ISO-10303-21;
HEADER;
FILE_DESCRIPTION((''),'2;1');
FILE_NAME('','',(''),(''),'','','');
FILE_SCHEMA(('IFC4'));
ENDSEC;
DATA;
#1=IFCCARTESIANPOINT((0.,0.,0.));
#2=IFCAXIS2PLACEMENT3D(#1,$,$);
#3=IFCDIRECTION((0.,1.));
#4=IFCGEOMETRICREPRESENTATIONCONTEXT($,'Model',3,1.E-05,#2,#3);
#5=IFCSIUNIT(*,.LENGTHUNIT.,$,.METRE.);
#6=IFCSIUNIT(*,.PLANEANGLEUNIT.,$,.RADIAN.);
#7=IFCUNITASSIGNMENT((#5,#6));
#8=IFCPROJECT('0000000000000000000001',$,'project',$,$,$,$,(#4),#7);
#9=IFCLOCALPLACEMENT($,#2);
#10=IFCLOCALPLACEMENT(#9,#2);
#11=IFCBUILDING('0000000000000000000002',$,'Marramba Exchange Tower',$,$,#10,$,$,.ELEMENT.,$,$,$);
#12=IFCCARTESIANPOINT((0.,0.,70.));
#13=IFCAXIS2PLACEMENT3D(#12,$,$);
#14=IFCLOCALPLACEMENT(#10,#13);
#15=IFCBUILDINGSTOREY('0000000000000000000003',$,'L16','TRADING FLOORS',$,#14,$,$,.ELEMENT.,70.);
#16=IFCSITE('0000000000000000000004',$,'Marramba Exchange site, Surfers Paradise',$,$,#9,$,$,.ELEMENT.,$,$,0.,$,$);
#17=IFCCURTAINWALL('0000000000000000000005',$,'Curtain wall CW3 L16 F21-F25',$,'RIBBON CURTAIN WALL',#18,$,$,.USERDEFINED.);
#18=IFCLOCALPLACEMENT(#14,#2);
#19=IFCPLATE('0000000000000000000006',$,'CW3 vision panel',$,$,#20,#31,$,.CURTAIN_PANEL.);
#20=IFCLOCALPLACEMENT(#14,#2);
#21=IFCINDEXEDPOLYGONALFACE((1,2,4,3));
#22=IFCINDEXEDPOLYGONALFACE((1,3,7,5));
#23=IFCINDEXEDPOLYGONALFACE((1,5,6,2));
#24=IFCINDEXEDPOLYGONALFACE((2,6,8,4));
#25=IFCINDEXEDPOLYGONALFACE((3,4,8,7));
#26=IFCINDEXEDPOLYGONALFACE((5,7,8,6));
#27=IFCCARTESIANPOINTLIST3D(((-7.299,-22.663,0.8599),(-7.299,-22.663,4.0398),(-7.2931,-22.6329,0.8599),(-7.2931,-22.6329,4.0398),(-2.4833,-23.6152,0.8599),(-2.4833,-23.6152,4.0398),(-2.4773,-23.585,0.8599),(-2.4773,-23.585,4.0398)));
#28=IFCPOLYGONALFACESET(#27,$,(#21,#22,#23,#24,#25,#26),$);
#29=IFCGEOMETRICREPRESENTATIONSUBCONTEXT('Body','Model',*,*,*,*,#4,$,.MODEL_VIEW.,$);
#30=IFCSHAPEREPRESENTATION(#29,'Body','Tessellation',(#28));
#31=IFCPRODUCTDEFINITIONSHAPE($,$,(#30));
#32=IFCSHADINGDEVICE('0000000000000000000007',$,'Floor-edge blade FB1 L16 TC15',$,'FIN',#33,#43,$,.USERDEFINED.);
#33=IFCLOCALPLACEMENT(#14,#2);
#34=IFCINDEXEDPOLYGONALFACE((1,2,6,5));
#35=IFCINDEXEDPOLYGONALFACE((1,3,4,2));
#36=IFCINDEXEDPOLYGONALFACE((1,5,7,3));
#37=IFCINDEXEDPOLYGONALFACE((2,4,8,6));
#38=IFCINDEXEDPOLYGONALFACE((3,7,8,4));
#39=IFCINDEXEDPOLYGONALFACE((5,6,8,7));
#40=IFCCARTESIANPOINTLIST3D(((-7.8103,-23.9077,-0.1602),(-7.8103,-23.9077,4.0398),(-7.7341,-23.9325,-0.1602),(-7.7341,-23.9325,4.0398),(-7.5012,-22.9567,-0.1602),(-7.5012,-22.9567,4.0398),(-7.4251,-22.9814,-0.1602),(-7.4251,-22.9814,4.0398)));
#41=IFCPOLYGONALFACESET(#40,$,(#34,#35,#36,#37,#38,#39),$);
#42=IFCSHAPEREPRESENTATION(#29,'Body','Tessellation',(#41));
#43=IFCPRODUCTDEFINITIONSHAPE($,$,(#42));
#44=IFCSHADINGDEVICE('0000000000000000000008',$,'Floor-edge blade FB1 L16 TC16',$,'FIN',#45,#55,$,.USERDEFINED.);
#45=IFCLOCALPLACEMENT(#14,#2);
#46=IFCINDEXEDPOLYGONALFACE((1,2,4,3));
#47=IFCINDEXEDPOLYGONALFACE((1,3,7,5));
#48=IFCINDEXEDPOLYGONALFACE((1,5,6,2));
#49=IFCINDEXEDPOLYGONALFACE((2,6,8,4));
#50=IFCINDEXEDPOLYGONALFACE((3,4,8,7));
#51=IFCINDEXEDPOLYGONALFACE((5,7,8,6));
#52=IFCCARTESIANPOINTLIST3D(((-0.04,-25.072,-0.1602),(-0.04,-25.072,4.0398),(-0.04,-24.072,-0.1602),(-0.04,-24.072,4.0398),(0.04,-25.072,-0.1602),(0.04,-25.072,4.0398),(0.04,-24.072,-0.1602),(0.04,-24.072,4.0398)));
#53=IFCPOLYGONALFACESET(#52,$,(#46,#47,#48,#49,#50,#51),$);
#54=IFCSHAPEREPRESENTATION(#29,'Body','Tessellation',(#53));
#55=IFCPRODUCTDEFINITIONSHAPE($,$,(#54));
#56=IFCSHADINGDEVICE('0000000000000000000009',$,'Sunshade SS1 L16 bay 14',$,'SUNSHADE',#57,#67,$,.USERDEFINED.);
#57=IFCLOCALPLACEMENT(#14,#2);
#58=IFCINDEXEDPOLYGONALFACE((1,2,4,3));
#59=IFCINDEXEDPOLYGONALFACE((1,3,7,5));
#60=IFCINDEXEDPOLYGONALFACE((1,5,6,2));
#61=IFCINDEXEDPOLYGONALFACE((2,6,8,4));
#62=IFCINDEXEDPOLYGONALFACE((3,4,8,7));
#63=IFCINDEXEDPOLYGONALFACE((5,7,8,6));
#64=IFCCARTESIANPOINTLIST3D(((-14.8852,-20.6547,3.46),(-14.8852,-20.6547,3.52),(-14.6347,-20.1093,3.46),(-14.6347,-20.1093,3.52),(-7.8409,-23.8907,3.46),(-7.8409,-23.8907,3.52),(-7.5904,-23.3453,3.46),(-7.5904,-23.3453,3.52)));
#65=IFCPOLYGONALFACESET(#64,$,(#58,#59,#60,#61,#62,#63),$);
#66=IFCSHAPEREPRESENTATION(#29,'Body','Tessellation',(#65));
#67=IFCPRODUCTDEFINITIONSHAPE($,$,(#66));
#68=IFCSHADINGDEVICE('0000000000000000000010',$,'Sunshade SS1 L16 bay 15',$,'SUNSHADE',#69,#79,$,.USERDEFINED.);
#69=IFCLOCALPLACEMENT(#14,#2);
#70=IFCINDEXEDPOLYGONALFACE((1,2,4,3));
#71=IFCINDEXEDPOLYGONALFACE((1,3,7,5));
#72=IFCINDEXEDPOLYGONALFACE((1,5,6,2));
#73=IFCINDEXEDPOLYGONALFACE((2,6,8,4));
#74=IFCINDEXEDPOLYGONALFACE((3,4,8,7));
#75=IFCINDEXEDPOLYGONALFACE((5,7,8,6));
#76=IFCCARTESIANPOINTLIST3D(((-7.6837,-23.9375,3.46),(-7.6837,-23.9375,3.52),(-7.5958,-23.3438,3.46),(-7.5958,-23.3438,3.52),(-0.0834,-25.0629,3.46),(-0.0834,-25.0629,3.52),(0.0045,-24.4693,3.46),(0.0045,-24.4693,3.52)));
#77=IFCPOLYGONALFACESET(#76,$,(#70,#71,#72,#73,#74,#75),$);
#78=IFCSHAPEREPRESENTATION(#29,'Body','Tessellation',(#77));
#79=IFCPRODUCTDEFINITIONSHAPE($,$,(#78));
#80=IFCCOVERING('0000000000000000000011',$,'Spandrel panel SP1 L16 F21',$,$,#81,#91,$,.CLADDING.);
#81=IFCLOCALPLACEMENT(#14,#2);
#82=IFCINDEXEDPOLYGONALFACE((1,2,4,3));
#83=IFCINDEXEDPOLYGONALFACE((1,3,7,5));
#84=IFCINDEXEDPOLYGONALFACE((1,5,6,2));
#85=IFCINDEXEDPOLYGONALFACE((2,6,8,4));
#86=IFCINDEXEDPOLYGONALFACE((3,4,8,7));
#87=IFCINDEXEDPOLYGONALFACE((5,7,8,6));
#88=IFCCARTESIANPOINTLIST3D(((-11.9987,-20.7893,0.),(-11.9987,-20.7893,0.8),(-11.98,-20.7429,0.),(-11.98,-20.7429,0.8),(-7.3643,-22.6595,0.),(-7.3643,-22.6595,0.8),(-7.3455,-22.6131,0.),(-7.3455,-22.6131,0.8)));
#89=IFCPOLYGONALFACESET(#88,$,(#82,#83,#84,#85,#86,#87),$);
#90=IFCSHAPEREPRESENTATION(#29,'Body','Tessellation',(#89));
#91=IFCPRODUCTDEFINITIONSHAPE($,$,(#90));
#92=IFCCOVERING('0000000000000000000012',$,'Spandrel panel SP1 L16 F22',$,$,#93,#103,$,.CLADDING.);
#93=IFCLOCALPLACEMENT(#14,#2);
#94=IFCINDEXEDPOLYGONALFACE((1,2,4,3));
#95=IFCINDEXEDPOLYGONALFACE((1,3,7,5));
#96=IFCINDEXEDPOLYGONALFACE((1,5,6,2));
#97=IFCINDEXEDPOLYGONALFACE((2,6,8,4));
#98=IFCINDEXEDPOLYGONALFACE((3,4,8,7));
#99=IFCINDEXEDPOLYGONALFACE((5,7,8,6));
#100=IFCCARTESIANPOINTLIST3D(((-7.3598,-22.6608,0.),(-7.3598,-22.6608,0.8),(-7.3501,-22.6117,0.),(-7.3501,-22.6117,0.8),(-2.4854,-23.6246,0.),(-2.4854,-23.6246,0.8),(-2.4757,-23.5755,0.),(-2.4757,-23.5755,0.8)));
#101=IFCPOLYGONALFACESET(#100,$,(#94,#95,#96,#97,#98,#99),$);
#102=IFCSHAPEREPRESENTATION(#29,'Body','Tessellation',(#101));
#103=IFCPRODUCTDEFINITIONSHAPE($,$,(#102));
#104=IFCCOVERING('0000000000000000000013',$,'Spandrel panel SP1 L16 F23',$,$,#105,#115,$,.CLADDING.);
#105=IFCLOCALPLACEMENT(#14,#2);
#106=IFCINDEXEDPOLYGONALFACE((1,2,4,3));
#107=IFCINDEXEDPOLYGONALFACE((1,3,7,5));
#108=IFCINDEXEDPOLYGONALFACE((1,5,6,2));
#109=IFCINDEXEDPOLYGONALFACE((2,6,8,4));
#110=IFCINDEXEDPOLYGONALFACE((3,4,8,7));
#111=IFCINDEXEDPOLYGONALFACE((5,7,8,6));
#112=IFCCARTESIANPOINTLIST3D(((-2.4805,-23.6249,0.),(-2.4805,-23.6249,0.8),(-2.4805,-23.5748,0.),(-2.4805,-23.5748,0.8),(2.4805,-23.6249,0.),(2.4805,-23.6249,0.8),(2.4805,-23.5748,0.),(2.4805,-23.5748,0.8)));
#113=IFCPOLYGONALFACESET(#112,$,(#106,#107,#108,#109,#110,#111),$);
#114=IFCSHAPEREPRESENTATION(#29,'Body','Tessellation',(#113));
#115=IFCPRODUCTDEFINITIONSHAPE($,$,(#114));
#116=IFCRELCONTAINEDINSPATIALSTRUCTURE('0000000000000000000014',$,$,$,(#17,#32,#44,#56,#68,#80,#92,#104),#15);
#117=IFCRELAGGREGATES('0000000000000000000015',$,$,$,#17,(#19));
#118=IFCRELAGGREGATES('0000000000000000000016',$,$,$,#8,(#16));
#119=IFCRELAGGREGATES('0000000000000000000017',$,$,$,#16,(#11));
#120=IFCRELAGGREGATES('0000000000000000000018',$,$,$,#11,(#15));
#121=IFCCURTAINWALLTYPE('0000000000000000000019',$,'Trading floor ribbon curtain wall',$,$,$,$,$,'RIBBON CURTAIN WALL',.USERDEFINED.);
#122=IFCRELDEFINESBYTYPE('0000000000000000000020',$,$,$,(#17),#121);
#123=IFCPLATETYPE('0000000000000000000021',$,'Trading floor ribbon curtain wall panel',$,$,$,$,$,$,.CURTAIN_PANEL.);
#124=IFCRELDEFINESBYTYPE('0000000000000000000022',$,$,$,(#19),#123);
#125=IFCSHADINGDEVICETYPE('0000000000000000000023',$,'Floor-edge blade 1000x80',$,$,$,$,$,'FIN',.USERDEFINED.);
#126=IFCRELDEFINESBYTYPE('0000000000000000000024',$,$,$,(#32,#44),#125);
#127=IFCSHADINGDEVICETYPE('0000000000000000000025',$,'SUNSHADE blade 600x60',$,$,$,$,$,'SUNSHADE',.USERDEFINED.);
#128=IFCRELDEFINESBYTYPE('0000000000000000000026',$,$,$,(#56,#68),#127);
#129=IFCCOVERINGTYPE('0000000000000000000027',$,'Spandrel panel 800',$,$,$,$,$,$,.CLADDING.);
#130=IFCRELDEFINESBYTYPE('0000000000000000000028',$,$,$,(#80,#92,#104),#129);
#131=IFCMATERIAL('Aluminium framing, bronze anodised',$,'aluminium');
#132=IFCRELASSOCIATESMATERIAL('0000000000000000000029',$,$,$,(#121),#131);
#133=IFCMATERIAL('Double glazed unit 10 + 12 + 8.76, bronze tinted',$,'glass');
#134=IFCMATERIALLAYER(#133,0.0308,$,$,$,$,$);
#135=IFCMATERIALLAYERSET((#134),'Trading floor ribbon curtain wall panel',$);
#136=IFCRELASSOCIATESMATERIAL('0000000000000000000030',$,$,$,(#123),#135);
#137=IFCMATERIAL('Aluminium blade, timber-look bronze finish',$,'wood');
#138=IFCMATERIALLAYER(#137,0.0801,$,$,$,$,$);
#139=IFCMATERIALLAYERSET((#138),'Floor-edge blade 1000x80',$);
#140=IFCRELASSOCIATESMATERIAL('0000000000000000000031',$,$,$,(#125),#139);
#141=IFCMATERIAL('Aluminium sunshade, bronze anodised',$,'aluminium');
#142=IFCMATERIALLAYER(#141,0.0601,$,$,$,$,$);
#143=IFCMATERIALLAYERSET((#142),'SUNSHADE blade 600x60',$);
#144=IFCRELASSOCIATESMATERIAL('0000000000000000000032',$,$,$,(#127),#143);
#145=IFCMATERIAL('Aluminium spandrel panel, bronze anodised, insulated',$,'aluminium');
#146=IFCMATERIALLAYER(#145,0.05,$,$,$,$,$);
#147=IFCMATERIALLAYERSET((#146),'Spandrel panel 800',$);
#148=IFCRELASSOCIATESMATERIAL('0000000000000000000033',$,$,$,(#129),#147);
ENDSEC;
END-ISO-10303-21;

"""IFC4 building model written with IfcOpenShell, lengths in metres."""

from ifc_helpers import new_model, si_unit, direction, frame, origin, origin_2d, place, context, subcontext, project, spatial, rectangle, extrude, material, layer, layer_set, type_object, element, aggregate, save


model = new_model("IFC4")

# Units and contexts
model_context = context("Model", 3, precision=1e-05, world=origin(), true_north=direction((0.0, 1.0)))
body_context = subcontext(model_context, "Body", "Model", "MODEL_VIEW")
ifc_project = project(units=[si_unit("LENGTHUNIT", "METRE"), si_unit("PLANEANGLEUNIT", "RADIAN")], contexts=[model_context])

# Site, building, storey
site_placement = place(None, origin())
site = spatial("IfcSite", under=ifc_project, at=site_placement, Name="Marramba Exchange site, Surfers Paradise", CompositionType="ELEMENT", RefElevation=0.0)
building_placement = place(site_placement, origin())
building = spatial("IfcBuilding", under=site, at=building_placement, Name="Marramba Exchange Tower", CompositionType="ELEMENT")
storey_placement = place(building_placement, frame((0.0, 0.0, 70.0)))
storey = spatial("IfcBuildingStorey", under=building, at=storey_placement, Name="L16", Description="TRADING FLOORS", CompositionType="ELEMENT", Elevation=70.0)

# Curtain wall, plate
ifc_material_1 = material(Name="Aluminium framing, bronze anodised", Category="aluminium")
curtain_wall_type = type_object("IfcCurtainWallType", Name="Trading floor ribbon curtain wall", ElementType="RIBBON CURTAIN WALL", PredefinedType="USERDEFINED", material=ifc_material_1)
curtain_wall_placement = place(storey_placement, origin())
curtain_wall = element("IfcCurtainWall", 1, at=curtain_wall_placement, inside=storey, type_object=curtain_wall_type, Name="Curtain wall CW3 L16 F21-F25", ObjectType="RIBBON CURTAIN WALL", PredefinedType="USERDEFINED")
ifc_material_2 = material(Name="Double glazed unit 10 + 12 + 8.76, bronze tinted", Category="glass")
ifc_layer_1 = layer(ifc_material_2, 0.0308)
ifc_layer_set_1 = layer_set([ifc_layer_1], Name="Trading floor ribbon curtain wall panel")
plate_type = type_object("IfcPlateType", Name="Trading floor ribbon curtain wall panel", PredefinedType="CURTAIN_PANEL", material=ifc_layer_set_1)
plate_1_placement = place(storey_placement, frame((-4.8882, -23.124, 0.8599), z_axis=(0.0, 0.0, 1.0), x_axis=(0.981009, -0.193961, 0.0)))
plate_1 = element("IfcPlate", 2, at=plate_1_placement, type_object=plate_type, Name="CW3 vision panel", PredefinedType="CURTAIN_PANEL", context=body_context, shape_type="SweptSolid", body=[
    extrude(rectangle(XDim=4.9089, YDim=0.0308, at=origin_2d()), origin(), (0.0, 0.0, 1.0), 3.1799),
])
aggregate(curtain_wall, [plate_1])

# Shading devices
ifc_material_3 = material(Name="Aluminium blade, timber-look bronze finish", Category="wood")
ifc_layer_2 = layer(ifc_material_3, 0.0801)
ifc_layer_set_2 = layer_set([ifc_layer_2], Name="Floor-edge blade 1000x80")
shading_device_type_1 = type_object("IfcShadingDeviceType", Name="Floor-edge blade 1000x80", ElementType="FIN", PredefinedType="USERDEFINED", material=ifc_layer_set_2)
for number, where, z_axis, x_axis, name in (
    (3, (-7.6177, -23.4446, -0.1602), (0.0, 0.0, 1.0), (-0.309017, -0.951057, 0.0), "Floor-edge blade FB1 L16 TC15"),
    (4, (0.0, -24.572, -0.1602), (0.0, 0.0, 1.0), (0.0, -1.0, 0.0), "Floor-edge blade FB1 L16 TC16"),
):
    element("IfcShadingDevice", number, at=place(storey_placement, frame(where, z_axis=z_axis, x_axis=x_axis)), inside=storey, type_object=shading_device_type_1, Name=name, ObjectType="FIN", PredefinedType="USERDEFINED", context=body_context, shape_type="SweptSolid", body=[
        extrude(rectangle(XDim=1.0, YDim=0.0801, at=origin_2d()), origin(), (0.0, 0.0, 1.0), 4.2),
    ])
ifc_material_4 = material(Name="Aluminium sunshade, bronze anodised", Category="aluminium")
ifc_layer_3 = layer(ifc_material_4, 0.0601)
ifc_layer_set_3 = layer_set([ifc_layer_3], Name="SUNSHADE blade 600x60")
shading_device_type_2 = type_object("IfcShadingDeviceType", Name="SUNSHADE blade 600x60", ElementType="SUNSHADE", PredefinedType="USERDEFINED", material=ifc_layer_set_3)
shading_device_1_placement = place(storey_placement, frame((-11.2378, -22.0, 3.46), z_axis=(0.0, 0.0, 1.0), x_axis=(0.908704, -0.417442, 0.0)))
element("IfcShadingDevice", 5, at=shading_device_1_placement, inside=storey, type_object=shading_device_type_2, Name="Sunshade SS1 L16 bay 14", ObjectType="SUNSHADE", PredefinedType="USERDEFINED", context=body_context, shape_type="SweptSolid", body=[
    extrude(rectangle(XDim=7.752, YDim=0.6001, at=origin_2d()), origin(), (0.0, 0.0, 1.0), 0.0601),
])
shading_device_2_placement = place(storey_placement, frame((-3.8396, -24.2034, 3.46), z_axis=(0.0, 0.0, 1.0), x_axis=(0.989213, -0.146485, 0.0)))
element("IfcShadingDevice", 6, at=shading_device_2_placement, inside=storey, type_object=shading_device_type_2, Name="Sunshade SS1 L16 bay 15", ObjectType="SUNSHADE", PredefinedType="USERDEFINED", context=body_context, shape_type="SweptSolid", body=[
    extrude(rectangle(XDim=7.6831, YDim=0.6001, at=origin_2d()), origin(), (0.0, 0.0, 1.0), 0.0601),
])

# Coverings
ifc_material_5 = material(Name="Aluminium spandrel panel, bronze anodised, insulated", Category="aluminium")
ifc_layer_4 = layer(ifc_material_5, 0.05)
ifc_layer_set_4 = layer_set([ifc_layer_4], Name="Spandrel panel 800")
covering_type = type_object("IfcCoveringType", Name="Spandrel panel 800", PredefinedType="CLADDING", material=ifc_layer_set_4)
covering_1_placement = place(storey_placement, frame((-9.6721, -21.7012, 0.0), z_axis=(0.0, 0.0, 1.0), x_axis=(0.927341, -0.374218, 0.0)))
element("IfcCovering", 7, at=covering_1_placement, inside=storey, type_object=covering_type, Name="Spandrel panel SP1 L16 F21", PredefinedType="CLADDING", context=body_context, shape_type="SweptSolid", body=[
    extrude(rectangle(XDim=4.9976, YDim=0.05, at=origin_2d()), origin(), (0.0, 0.0, 1.0), 0.8),
])
covering_2_placement = place(storey_placement, frame((-4.9177, -23.1182, 0.0), z_axis=(0.0, 0.0, 1.0), x_axis=(0.981009, -0.193961, 0.0)))
element("IfcCovering", 8, at=covering_2_placement, inside=storey, type_object=covering_type, Name="Spandrel panel SP1 L16 F22", PredefinedType="CLADDING", context=body_context, shape_type="SweptSolid", body=[
    extrude(rectangle(XDim=4.9688, YDim=0.05, at=origin_2d()), origin(), (0.0, 0.0, 1.0), 0.8),
])
covering_3_placement = place(storey_placement, frame((0.0, -23.5999, 0.0), z_axis=(0.0, 0.0, 1.0), x_axis=(1.0, 0.0, 0.0)))
element("IfcCovering", 9, at=covering_3_placement, inside=storey, type_object=covering_type, Name="Spandrel panel SP1 L16 F23", PredefinedType="CLADDING", context=body_context, shape_type="SweptSolid", body=[
    extrude(rectangle(XDim=4.9609, YDim=0.05, at=origin_2d()), origin(), (0.0, 0.0, 1.0), 0.8),
])

save(model, "model.ifc")
